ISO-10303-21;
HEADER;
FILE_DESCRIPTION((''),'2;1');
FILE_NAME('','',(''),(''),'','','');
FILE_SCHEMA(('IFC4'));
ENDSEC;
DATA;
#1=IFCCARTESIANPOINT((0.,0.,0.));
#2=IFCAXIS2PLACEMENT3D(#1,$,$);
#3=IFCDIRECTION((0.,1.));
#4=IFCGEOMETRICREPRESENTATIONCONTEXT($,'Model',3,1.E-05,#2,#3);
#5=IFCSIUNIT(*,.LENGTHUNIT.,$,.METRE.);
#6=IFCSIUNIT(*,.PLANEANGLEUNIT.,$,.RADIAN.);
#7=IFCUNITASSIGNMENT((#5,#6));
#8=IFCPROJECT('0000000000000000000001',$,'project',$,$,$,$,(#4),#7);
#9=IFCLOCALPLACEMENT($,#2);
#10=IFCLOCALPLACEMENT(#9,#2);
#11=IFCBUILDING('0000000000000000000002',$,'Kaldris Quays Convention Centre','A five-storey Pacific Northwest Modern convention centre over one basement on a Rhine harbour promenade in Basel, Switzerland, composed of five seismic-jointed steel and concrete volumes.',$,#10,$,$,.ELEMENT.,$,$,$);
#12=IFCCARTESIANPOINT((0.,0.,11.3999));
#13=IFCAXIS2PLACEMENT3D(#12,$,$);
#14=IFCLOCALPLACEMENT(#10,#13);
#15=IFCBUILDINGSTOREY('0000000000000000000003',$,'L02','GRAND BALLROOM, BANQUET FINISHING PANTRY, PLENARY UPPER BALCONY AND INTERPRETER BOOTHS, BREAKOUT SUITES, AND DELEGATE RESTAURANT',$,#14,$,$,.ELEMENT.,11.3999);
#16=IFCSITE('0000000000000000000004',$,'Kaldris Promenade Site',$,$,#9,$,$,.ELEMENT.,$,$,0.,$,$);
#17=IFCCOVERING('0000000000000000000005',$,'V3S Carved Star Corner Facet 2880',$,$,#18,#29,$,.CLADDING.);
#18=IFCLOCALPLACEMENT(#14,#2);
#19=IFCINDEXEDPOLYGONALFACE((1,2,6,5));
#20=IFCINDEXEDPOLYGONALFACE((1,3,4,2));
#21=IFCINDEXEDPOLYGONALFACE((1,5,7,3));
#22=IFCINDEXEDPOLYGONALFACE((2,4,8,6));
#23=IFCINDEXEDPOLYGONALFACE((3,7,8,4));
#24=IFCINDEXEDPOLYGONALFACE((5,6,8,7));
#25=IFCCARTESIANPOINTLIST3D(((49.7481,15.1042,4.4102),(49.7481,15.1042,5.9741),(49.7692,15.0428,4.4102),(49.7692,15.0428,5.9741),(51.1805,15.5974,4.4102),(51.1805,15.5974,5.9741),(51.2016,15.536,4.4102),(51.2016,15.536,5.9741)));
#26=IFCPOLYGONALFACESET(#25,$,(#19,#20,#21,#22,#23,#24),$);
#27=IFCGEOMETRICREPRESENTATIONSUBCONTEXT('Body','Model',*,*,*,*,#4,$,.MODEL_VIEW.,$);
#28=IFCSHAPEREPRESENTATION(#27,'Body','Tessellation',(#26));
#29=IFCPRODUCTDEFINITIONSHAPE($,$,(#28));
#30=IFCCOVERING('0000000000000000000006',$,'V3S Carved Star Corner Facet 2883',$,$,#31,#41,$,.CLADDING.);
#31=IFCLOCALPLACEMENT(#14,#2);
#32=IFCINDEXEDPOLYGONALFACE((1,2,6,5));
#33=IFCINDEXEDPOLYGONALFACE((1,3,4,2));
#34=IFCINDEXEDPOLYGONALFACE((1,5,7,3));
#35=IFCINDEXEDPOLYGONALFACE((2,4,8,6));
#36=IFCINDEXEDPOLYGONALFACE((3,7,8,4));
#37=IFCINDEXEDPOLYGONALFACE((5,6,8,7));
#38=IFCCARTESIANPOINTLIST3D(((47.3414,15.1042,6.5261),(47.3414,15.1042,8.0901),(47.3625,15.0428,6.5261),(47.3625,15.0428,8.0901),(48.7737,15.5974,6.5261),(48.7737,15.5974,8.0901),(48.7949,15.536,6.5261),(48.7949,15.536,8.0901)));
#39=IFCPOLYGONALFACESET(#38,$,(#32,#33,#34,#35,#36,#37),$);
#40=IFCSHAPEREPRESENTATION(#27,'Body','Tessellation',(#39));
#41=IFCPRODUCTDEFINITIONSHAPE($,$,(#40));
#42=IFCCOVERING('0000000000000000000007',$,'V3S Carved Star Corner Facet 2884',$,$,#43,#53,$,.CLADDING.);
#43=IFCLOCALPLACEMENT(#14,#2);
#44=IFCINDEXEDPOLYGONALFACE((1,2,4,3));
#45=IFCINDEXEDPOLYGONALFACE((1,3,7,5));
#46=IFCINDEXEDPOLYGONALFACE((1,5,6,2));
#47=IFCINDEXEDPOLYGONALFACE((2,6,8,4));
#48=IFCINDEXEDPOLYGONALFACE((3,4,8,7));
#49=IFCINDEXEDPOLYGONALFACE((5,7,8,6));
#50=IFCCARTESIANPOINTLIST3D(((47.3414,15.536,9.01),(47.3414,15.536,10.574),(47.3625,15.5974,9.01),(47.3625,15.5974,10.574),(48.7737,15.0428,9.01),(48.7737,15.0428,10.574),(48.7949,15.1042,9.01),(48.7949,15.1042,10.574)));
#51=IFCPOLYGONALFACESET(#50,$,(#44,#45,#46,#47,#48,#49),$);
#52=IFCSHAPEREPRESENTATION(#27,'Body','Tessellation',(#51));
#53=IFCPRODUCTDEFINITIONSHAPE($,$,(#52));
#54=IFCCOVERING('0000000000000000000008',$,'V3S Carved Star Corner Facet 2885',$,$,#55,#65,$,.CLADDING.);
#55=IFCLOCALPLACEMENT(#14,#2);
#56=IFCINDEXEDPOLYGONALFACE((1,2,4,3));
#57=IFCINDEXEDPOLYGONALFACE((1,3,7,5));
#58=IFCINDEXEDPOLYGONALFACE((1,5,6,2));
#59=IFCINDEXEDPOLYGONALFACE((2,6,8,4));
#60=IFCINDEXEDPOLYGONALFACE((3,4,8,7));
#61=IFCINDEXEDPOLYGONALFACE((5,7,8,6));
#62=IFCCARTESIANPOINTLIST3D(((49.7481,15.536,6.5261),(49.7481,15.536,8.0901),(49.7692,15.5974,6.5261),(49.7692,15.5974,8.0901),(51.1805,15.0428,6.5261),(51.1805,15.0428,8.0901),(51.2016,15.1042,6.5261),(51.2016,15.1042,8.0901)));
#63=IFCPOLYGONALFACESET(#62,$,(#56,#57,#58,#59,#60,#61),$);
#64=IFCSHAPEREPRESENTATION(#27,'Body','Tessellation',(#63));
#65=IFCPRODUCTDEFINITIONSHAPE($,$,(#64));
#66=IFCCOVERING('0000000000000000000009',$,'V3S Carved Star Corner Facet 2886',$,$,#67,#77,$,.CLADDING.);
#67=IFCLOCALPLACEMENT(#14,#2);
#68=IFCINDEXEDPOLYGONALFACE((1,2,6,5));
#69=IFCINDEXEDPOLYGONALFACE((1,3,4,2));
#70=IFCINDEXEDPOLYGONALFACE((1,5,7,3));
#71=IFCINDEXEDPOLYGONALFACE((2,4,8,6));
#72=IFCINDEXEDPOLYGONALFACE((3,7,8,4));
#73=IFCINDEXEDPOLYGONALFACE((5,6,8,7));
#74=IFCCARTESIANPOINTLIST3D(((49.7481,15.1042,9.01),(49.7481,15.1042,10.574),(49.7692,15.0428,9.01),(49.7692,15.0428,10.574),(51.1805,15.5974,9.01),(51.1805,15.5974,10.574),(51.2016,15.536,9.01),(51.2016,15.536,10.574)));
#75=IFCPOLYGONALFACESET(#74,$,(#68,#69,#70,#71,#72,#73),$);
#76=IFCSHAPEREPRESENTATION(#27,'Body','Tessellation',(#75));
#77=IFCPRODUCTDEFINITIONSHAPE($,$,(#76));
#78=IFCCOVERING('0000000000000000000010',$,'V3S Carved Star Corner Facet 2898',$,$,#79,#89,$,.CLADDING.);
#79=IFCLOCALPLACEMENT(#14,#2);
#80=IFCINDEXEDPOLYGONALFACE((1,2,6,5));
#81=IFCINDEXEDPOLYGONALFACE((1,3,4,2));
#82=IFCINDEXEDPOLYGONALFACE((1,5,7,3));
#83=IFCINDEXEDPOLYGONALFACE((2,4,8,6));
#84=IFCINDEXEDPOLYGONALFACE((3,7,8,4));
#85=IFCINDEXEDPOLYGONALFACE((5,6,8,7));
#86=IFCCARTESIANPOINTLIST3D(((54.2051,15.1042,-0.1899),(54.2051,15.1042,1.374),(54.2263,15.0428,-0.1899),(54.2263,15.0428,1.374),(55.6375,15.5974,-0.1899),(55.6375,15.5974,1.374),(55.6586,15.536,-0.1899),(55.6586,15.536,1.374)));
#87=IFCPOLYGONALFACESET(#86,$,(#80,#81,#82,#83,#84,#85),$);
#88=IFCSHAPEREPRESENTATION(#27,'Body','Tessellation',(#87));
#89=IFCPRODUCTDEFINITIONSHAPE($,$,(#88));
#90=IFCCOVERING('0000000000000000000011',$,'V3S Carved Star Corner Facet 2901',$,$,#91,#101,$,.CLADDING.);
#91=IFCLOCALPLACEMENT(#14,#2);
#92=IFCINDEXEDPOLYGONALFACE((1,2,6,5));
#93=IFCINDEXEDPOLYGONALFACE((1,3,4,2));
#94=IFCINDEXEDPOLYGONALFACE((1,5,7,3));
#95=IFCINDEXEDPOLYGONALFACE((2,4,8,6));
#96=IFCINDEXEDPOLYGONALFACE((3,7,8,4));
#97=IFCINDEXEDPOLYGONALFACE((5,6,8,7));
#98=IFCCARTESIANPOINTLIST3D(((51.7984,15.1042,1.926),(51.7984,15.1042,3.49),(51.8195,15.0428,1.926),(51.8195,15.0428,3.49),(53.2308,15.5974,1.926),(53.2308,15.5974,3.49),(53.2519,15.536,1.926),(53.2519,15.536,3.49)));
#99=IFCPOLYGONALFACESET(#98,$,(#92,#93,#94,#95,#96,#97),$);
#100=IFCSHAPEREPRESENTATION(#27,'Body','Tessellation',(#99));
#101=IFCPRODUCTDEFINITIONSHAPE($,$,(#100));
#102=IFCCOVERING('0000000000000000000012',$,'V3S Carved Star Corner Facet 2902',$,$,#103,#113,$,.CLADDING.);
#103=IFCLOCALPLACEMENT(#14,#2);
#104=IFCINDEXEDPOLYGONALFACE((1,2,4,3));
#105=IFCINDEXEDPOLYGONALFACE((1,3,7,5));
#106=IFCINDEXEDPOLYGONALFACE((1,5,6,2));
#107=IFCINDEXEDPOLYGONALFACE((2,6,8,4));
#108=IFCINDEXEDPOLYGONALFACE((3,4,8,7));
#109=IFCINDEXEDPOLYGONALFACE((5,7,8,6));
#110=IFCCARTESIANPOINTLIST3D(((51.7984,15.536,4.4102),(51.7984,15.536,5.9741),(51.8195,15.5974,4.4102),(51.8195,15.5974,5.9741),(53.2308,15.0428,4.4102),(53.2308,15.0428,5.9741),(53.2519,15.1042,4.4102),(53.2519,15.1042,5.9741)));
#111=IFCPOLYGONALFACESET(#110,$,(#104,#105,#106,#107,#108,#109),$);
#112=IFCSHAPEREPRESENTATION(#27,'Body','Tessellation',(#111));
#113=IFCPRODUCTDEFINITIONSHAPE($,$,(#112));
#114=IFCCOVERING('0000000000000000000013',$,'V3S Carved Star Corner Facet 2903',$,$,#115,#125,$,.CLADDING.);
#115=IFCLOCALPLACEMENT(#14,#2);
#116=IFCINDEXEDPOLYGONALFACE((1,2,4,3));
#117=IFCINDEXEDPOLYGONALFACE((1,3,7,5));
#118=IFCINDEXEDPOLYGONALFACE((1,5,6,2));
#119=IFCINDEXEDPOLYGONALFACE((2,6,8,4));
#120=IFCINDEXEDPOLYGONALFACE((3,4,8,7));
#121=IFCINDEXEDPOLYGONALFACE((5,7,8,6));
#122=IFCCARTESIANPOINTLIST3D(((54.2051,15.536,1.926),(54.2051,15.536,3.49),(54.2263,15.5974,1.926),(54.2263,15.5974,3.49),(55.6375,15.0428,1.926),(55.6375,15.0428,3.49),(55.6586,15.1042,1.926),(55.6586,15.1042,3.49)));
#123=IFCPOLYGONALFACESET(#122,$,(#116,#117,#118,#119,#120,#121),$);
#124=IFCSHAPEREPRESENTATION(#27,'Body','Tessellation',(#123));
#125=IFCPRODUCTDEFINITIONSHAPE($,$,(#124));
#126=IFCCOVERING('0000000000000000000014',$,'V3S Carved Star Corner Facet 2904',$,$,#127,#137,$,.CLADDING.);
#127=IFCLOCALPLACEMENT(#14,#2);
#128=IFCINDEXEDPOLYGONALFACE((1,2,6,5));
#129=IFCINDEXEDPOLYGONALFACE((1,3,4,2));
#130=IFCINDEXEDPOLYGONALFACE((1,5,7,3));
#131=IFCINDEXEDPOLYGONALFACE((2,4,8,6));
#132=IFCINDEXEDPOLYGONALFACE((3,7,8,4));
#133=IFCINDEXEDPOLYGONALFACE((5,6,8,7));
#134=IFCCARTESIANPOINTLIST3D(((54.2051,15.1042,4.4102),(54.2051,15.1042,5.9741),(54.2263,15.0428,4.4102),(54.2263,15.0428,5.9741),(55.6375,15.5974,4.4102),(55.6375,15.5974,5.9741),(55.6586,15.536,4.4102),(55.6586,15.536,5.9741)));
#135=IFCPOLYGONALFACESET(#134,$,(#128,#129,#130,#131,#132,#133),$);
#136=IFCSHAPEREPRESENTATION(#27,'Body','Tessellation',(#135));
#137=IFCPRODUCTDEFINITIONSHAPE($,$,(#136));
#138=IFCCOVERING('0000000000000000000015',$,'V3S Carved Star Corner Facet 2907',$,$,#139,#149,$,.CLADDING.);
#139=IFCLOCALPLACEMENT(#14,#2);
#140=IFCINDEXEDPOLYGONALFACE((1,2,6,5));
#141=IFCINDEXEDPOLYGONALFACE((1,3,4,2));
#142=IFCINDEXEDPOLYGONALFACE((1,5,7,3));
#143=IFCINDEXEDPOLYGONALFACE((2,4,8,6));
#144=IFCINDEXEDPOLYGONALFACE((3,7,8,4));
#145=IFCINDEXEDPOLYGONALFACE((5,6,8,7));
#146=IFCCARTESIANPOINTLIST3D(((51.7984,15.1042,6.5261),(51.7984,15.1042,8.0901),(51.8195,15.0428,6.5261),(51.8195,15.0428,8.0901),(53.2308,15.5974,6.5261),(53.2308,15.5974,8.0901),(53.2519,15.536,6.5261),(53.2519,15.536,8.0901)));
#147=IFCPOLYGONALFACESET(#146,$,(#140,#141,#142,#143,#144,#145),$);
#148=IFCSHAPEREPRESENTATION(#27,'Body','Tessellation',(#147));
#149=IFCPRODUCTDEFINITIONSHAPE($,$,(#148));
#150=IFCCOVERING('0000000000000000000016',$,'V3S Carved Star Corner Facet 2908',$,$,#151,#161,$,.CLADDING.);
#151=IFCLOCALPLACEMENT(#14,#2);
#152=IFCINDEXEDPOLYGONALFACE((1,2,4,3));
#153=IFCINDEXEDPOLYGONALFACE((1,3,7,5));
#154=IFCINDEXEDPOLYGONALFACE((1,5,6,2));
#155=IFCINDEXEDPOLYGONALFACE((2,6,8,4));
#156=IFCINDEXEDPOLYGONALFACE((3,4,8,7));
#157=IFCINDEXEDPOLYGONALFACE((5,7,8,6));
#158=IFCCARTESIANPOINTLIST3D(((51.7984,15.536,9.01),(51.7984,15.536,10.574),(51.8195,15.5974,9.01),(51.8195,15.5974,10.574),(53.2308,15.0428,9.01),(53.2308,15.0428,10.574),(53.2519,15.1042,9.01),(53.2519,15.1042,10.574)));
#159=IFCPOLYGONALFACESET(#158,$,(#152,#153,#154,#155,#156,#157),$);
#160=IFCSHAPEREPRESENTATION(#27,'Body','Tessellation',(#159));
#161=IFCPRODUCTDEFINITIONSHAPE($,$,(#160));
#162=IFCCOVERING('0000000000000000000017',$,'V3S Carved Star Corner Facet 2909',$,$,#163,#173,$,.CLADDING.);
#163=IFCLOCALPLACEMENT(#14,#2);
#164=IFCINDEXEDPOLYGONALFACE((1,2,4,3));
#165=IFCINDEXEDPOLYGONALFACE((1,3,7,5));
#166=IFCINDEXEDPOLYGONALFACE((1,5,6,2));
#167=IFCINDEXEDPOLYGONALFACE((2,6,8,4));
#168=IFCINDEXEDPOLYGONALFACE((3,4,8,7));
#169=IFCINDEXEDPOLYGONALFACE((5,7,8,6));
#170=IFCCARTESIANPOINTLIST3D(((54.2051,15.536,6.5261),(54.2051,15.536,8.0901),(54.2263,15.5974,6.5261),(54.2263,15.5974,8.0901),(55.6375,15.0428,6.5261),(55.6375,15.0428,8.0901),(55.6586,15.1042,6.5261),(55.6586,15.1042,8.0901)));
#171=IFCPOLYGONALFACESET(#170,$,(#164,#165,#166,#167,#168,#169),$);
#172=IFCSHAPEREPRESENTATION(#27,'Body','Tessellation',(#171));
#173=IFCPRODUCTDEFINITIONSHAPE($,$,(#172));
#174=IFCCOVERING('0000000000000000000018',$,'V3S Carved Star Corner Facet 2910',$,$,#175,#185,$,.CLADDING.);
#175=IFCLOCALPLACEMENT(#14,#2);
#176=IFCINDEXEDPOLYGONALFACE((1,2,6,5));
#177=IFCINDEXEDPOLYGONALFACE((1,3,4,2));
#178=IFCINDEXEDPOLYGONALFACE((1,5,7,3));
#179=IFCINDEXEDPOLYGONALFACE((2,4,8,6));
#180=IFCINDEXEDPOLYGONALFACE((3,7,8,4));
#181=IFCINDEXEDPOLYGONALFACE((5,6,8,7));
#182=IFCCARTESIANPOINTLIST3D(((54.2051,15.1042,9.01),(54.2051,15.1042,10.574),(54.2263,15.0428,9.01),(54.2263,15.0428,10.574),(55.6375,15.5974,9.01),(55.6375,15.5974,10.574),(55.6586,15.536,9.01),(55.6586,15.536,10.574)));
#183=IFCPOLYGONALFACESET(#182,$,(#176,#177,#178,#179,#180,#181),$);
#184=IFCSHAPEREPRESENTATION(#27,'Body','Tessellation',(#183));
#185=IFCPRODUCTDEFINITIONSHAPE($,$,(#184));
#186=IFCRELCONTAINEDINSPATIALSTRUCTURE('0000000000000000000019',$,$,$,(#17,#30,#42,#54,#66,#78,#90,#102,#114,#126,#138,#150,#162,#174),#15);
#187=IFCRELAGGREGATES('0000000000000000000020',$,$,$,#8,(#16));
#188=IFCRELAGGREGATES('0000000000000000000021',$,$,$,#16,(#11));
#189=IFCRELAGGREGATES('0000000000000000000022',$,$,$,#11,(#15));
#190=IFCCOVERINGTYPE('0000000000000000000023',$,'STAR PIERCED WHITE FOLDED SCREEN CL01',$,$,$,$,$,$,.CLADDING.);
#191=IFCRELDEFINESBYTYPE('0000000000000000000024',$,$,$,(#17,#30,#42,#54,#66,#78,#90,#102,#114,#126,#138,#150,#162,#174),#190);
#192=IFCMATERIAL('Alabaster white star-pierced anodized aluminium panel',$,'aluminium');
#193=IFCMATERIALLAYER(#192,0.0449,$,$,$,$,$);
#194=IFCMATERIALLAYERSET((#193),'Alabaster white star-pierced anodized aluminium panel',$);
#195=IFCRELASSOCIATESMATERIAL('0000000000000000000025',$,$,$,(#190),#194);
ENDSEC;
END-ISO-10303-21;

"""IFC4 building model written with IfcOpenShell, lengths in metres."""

from ifc_helpers import new_model, si_unit, direction, frame, origin, origin_2d, place, context, subcontext, project, spatial, rectangle, extrude, material, layer, layer_set, type_object, element, save


model = new_model("IFC4")

# Units and contexts
model_context = context("Model", 3, precision=1e-05, world=origin(), true_north=direction((0.0, 1.0)))
body_context = subcontext(model_context, "Body", "Model", "MODEL_VIEW")
ifc_project = project(units=[si_unit("LENGTHUNIT", "METRE"), si_unit("PLANEANGLEUNIT", "RADIAN")], contexts=[model_context])

# Site, building, storey
site_placement = place(None, origin())
site = spatial("IfcSite", under=ifc_project, at=site_placement, Name="Kaldris Promenade Site", CompositionType="ELEMENT", RefElevation=0.0)
building_placement = place(site_placement, origin())
building = spatial("IfcBuilding", under=site, at=building_placement, Name="Kaldris Quays Convention Centre", Description="A five-storey Pacific Northwest Modern convention centre over one basement on a Rhine harbour promenade in Basel, Switzerland, composed of five seismic-jointed steel and concrete volumes.", CompositionType="ELEMENT")
storey_placement = place(building_placement, frame((0.0, 0.0, 11.3999)))
storey = spatial("IfcBuildingStorey", under=building, at=storey_placement, Name="L02", Description="GRAND BALLROOM, BANQUET FINISHING PANTRY, PLENARY UPPER BALCONY AND INTERPRETER BOOTHS, BREAKOUT SUITES, AND DELEGATE RESTAURANT", CompositionType="ELEMENT", Elevation=11.3999)

# Coverings
ifc_material = material(Name="Alabaster white star-pierced anodized aluminium panel", Category="aluminium")
ifc_layer = layer(ifc_material, 0.0449)
ifc_layer_set = layer_set([ifc_layer], Name="Alabaster white star-pierced anodized aluminium panel")
covering_type = type_object("IfcCoveringType", Name="STAR PIERCED WHITE FOLDED SCREEN CL01", PredefinedType="CLADDING", material=ifc_layer_set)
for number, where, z_axis, x_axis, name in (
    (1, (50.4749, 15.3201, 4.4102), (0.0, 0.0, 1.0), (0.945519, 0.325568, 0.0), "V3S Carved Star Corner Facet 2880"),
    (2, (48.0681, 15.3201, 6.5261), (0.0, 0.0, 1.0), (0.945519, 0.325568, 0.0), "V3S Carved Star Corner Facet 2883"),
    (3, (48.0681, 15.3201, 9.01), (0.0, 0.0, 1.0), (0.945519, -0.325568, 0.0), "V3S Carved Star Corner Facet 2884"),
    (4, (50.4749, 15.3201, 6.5261), (0.0, 0.0, 1.0), (0.945519, -0.325568, 0.0), "V3S Carved Star Corner Facet 2885"),
    (5, (50.4749, 15.3201, 9.01), (0.0, 0.0, 1.0), (0.945519, 0.325568, 0.0), "V3S Carved Star Corner Facet 2886"),
    (6, (54.9319, 15.3201, -0.1899), (0.0, 0.0, 1.0), (0.945519, 0.325568, 0.0), "V3S Carved Star Corner Facet 2898"),
    (7, (52.5251, 15.3201, 1.926), (0.0, 0.0, 1.0), (0.945519, 0.325568, 0.0), "V3S Carved Star Corner Facet 2901"),
    (8, (52.5251, 15.3201, 4.4102), (0.0, 0.0, 1.0), (0.945519, -0.325568, 0.0), "V3S Carved Star Corner Facet 2902"),
    (9, (54.9319, 15.3201, 1.926), (0.0, 0.0, 1.0), (0.945519, -0.325568, 0.0), "V3S Carved Star Corner Facet 2903"),
    (10, (54.9319, 15.3201, 4.4102), (0.0, 0.0, 1.0), (0.945519, 0.325568, 0.0), "V3S Carved Star Corner Facet 2904"),
    (11, (52.5251, 15.3201, 6.5261), (0.0, 0.0, 1.0), (0.945519, 0.325568, 0.0), "V3S Carved Star Corner Facet 2907"),
    (12, (52.5251, 15.3201, 9.01), (0.0, 0.0, 1.0), (0.945519, -0.325568, 0.0), "V3S Carved Star Corner Facet 2908"),
    (13, (54.9319, 15.3201, 6.5261), (0.0, 0.0, 1.0), (0.945519, -0.325568, 0.0), "V3S Carved Star Corner Facet 2909"),
    (14, (54.9319, 15.3201, 9.01), (0.0, 0.0, 1.0), (0.945519, 0.325568, 0.0), "V3S Carved Star Corner Facet 2910"),
):
    element("IfcCovering", number, at=place(storey_placement, frame(where, z_axis=z_axis, x_axis=x_axis)), inside=storey, type_object=covering_type, Name=name, PredefinedType="CLADDING", context=body_context, shape_type="SweptSolid", body=[
        extrude(rectangle(XDim=1.5149, YDim=0.0649, at=origin_2d()), origin(), (0.0, 0.0, 1.0), 1.564),
    ])

save(model, "model.ifc")
